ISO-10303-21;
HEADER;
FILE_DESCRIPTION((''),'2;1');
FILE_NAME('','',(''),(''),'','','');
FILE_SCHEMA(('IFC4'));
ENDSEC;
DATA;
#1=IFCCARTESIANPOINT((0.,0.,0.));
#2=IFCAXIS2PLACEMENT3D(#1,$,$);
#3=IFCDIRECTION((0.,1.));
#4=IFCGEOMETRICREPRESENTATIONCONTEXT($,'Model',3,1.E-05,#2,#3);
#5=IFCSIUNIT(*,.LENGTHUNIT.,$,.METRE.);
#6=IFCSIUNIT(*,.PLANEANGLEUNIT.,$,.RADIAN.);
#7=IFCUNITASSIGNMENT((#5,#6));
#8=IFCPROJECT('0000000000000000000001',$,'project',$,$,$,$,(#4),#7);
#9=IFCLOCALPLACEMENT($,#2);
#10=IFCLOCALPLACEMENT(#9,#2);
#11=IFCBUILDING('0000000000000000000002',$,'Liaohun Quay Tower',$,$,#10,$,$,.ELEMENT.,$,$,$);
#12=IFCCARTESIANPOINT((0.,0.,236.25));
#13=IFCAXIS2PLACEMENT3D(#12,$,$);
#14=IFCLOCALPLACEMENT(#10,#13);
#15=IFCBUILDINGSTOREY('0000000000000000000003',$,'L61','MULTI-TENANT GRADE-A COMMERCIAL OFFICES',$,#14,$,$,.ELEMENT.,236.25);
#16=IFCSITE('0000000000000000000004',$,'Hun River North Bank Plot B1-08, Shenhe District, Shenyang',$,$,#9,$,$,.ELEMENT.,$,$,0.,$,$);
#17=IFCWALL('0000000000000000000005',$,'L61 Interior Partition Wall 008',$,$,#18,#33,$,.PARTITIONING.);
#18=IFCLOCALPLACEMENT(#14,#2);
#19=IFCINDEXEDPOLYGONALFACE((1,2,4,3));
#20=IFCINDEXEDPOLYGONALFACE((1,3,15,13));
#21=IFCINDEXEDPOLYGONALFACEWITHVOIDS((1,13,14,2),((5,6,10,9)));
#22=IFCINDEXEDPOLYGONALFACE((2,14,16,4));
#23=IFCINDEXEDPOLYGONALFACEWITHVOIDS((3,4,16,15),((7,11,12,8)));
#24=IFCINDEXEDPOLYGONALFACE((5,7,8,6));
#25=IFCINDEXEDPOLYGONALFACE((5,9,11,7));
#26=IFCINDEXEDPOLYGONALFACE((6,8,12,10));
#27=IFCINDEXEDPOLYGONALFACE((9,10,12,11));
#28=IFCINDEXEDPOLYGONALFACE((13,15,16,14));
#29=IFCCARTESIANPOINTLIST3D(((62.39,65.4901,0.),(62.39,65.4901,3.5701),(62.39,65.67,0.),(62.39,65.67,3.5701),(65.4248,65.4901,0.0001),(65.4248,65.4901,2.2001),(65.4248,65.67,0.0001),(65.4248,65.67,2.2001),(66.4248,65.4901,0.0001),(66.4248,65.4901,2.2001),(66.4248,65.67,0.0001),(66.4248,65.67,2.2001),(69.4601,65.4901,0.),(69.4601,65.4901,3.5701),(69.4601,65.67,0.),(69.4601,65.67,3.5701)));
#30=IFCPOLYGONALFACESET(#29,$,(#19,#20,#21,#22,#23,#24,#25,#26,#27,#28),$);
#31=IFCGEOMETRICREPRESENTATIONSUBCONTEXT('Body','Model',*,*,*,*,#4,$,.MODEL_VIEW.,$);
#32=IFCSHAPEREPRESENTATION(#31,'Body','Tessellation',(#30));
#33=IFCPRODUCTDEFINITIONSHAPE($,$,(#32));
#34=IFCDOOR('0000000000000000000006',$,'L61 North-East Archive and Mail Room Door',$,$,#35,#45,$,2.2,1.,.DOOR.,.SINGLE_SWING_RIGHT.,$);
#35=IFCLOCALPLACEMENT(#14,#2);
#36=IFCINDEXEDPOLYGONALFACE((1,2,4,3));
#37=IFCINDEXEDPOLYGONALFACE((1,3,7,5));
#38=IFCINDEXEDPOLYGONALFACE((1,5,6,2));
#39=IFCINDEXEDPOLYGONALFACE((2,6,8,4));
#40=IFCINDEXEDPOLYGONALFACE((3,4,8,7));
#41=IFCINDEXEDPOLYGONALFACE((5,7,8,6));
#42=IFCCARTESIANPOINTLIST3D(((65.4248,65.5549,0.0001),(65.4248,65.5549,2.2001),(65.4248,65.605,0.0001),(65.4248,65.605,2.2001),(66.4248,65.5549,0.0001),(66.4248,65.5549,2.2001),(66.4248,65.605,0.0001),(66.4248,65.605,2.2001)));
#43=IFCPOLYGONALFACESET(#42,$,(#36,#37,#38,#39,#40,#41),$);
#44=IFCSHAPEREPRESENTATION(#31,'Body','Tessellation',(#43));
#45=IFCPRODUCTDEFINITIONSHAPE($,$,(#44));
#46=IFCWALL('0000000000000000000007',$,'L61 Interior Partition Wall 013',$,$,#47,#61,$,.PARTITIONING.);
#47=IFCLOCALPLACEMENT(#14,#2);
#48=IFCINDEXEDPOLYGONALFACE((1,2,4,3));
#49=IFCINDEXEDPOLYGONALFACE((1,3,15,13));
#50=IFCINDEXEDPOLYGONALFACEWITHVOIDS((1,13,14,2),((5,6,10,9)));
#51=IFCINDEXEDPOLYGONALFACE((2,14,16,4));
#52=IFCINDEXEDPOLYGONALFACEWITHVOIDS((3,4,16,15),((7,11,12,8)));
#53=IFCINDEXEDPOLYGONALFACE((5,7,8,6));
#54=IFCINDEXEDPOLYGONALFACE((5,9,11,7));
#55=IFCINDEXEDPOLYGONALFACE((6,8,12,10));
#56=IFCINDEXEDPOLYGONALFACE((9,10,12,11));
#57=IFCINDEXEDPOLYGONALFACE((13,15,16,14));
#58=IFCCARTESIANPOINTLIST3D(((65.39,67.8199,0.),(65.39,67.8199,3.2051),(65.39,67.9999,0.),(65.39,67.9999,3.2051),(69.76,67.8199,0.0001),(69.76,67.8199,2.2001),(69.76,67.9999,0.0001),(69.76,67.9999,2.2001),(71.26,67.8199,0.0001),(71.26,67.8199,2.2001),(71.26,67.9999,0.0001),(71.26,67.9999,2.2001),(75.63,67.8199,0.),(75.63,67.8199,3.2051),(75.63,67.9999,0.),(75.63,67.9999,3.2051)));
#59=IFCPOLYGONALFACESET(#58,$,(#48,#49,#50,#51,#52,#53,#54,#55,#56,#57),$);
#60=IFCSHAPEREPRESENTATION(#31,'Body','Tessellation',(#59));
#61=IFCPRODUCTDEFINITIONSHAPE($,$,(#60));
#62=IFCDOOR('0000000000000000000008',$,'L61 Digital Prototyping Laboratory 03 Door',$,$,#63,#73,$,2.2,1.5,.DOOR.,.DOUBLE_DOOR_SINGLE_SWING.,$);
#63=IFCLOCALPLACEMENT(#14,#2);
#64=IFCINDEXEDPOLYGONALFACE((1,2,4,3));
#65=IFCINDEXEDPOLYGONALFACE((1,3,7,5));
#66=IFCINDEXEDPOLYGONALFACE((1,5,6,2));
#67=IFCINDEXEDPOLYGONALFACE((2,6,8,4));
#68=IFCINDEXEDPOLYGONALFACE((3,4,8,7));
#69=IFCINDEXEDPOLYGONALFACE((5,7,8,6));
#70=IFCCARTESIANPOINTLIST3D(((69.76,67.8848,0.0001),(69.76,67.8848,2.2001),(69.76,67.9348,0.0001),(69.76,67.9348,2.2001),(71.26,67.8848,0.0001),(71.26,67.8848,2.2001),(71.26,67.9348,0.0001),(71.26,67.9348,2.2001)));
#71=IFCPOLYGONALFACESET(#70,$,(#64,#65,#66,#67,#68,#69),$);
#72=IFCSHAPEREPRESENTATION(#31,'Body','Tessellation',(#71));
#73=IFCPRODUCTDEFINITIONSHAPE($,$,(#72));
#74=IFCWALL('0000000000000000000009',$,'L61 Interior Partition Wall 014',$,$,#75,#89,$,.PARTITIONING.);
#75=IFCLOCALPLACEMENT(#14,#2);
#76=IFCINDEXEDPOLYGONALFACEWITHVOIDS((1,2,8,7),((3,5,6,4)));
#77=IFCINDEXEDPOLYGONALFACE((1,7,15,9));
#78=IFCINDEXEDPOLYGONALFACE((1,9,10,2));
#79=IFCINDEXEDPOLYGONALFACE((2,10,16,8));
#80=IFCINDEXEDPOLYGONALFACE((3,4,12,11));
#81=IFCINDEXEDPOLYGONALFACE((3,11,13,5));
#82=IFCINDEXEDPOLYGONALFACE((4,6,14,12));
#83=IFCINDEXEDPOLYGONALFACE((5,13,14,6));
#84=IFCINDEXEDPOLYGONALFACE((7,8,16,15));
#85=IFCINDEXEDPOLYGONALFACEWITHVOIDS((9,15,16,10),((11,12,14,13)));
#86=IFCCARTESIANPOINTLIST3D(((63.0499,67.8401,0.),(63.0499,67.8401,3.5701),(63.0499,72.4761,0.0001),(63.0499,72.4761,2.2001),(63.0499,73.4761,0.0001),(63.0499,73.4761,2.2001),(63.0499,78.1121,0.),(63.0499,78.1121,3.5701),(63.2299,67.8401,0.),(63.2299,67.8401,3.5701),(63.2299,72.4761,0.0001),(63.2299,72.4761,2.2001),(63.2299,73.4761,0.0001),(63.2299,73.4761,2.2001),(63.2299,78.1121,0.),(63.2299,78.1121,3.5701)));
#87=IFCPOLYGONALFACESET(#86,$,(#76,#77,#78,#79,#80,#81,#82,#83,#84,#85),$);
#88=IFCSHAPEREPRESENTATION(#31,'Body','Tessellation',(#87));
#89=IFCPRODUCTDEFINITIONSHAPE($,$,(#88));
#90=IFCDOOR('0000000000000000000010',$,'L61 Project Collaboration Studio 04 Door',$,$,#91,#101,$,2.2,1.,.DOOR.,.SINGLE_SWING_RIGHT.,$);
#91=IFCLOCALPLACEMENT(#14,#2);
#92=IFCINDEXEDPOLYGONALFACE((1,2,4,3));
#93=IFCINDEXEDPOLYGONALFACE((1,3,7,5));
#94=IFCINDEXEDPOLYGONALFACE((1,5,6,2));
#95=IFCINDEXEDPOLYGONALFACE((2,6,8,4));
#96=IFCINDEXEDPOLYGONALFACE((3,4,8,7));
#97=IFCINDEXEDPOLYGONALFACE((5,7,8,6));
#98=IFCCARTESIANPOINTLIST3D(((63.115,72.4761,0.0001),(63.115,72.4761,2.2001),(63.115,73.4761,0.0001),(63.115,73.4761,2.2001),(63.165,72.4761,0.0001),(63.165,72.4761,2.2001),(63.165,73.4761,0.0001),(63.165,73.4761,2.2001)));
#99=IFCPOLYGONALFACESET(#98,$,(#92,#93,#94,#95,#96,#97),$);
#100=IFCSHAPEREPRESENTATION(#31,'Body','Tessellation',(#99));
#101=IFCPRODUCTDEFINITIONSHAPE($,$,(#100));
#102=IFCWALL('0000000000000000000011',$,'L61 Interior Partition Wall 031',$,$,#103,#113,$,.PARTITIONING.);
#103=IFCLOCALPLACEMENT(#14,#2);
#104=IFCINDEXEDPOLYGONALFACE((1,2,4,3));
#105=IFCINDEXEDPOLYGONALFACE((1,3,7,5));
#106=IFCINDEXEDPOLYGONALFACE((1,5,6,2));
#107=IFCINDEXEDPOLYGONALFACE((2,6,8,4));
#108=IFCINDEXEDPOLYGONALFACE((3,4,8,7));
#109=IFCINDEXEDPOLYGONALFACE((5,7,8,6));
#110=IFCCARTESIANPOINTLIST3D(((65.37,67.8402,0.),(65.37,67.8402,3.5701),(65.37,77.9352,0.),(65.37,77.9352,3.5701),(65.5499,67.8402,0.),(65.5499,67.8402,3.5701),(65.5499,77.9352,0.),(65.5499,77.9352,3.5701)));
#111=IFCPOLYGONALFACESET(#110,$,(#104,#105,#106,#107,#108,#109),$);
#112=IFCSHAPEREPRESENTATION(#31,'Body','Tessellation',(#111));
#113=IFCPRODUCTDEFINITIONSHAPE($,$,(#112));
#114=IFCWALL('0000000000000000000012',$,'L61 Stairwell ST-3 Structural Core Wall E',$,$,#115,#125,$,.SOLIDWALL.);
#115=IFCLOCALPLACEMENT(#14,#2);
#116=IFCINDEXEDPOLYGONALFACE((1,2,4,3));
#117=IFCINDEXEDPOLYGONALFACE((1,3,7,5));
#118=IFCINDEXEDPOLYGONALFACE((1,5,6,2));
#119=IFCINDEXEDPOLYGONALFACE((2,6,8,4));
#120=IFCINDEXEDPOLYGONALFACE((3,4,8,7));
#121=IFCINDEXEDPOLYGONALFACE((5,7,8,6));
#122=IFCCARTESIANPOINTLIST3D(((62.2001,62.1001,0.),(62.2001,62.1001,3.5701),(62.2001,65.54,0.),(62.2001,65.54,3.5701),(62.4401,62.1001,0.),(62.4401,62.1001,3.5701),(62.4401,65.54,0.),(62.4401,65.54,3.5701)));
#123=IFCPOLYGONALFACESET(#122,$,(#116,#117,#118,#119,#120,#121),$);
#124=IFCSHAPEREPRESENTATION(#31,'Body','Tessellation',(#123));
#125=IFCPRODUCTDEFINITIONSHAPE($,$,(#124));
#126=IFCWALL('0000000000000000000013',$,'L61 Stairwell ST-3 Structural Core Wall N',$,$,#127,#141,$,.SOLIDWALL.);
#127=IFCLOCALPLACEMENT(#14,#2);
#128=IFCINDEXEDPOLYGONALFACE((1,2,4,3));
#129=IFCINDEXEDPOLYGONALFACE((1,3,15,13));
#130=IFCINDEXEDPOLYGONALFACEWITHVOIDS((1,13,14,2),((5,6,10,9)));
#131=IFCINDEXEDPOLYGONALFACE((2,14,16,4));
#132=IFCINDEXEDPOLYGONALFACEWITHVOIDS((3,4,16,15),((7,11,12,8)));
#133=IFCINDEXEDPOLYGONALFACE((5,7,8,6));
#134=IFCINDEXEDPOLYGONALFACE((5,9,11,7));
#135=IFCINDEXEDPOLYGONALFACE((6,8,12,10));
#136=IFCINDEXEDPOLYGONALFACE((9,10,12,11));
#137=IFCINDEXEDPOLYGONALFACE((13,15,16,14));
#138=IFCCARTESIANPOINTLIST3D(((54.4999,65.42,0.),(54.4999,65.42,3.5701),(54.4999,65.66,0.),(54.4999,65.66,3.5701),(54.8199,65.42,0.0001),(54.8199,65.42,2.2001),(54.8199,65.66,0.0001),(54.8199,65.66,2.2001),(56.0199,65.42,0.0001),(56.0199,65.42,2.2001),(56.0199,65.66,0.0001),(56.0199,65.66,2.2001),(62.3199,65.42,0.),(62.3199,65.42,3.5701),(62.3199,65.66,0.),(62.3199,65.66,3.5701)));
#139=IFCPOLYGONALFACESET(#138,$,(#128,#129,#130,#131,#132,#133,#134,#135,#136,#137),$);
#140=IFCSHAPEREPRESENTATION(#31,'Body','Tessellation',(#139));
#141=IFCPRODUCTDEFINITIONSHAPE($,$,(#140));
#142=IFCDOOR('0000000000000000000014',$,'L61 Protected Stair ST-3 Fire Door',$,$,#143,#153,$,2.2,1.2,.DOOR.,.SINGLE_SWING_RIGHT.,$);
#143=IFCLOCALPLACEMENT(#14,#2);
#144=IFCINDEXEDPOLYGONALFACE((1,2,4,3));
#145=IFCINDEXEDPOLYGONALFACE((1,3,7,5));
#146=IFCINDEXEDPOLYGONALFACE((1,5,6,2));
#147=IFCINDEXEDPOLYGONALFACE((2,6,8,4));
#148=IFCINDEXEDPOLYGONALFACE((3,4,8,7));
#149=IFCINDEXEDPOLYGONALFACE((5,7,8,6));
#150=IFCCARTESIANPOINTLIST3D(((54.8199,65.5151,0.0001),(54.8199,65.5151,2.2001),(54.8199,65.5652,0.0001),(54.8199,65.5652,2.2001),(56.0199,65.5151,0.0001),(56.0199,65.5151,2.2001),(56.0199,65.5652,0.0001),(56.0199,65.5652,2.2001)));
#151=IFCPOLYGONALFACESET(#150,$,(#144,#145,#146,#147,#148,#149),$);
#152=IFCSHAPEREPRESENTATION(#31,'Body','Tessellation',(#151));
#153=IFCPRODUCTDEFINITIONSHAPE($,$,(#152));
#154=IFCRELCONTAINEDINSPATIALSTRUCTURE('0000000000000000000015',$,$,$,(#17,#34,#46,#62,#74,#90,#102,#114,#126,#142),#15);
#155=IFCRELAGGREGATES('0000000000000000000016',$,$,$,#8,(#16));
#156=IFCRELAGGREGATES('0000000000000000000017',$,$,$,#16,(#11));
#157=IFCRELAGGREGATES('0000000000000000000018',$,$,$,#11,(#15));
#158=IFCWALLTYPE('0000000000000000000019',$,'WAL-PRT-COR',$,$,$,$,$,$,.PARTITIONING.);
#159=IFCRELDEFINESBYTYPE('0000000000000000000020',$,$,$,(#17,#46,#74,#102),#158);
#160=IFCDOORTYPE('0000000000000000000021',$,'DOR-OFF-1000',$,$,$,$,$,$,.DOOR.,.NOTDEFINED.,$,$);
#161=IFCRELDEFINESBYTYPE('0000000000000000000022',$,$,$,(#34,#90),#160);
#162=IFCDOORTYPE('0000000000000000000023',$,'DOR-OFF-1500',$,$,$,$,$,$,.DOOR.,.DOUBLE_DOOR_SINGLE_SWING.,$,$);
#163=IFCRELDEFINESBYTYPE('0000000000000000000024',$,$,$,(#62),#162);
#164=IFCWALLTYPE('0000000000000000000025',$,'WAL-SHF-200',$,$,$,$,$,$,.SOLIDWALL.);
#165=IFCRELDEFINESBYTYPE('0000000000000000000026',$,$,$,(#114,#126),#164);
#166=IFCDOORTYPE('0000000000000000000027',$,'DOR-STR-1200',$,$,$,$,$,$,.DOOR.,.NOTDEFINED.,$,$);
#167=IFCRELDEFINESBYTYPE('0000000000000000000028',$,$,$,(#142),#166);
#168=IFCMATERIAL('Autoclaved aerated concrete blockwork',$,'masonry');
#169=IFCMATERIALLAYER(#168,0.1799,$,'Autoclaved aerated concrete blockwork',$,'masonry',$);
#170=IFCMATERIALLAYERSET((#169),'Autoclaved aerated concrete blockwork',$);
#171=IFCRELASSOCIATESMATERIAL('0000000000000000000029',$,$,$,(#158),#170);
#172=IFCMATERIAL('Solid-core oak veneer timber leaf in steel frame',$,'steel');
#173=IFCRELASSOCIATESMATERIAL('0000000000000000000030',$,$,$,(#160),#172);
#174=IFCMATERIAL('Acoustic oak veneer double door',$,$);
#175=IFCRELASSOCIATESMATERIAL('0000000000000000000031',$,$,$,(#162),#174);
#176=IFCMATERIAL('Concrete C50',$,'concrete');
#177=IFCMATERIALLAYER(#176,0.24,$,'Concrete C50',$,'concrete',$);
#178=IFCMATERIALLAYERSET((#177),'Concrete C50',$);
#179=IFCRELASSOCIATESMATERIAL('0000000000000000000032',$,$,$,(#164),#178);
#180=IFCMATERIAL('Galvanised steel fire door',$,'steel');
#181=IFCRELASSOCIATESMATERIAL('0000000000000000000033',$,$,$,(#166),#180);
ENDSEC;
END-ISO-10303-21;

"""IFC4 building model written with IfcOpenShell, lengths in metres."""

from ifc_helpers import new_model, si_unit, direction, frame, frame_2d, origin, place, context, subcontext, project, spatial, rectangle, extrude, source, transform, mapped, material, layer, layer_set, type_object, element, fill, save


model = new_model("IFC4")

# Units and contexts
model_context = context("Model", 3, precision=1e-05, world=origin(), true_north=direction((0.0, 1.0)))
body_context = subcontext(model_context, "Body", "Model", "MODEL_VIEW")
ifc_project = project(units=[si_unit("LENGTHUNIT", "METRE"), si_unit("PLANEANGLEUNIT", "RADIAN")], contexts=[model_context])

# Site, building, storey
site_placement = place(None, origin())
site = spatial("IfcSite", under=ifc_project, at=site_placement, Name="Hun River North Bank Plot B1-08, Shenhe District, Shenyang", CompositionType="ELEMENT", RefElevation=0.0)
building_placement = place(site_placement, origin())
building = spatial("IfcBuilding", under=site, at=building_placement, Name="Liaohun Quay Tower", CompositionType="ELEMENT")
storey_placement = place(building_placement, frame((0.0, 0.0, 236.25)))
storey = spatial("IfcBuildingStorey", under=building, at=storey_placement, Name="L61", Description="MULTI-TENANT GRADE-A COMMERCIAL OFFICES", CompositionType="ELEMENT", Elevation=236.25)

# Walls, openings, doors
ifc_material_1 = material(Name="Autoclaved aerated concrete blockwork", Category="masonry")
ifc_layer_1 = layer(ifc_material_1, 0.1799, Name="Autoclaved aerated concrete blockwork", Category="masonry")
ifc_layer_set_1 = layer_set([ifc_layer_1], Name="Autoclaved aerated concrete blockwork")
wall_type_1 = type_object("IfcWallType", Name="WAL-PRT-COR", PredefinedType="PARTITIONING", material=ifc_layer_set_1)
wall_1_placement = place(storey_placement, frame((62.3899, 65.5801, 0.0), z_axis=(0.0, 0.0, 1.0), x_axis=(1.0, 0.0, 0.0)))
wall_1 = element("IfcWall", 1, at=wall_1_placement, inside=storey, type_object=wall_type_1, Name="L61 Interior Partition Wall 008", PredefinedType="PARTITIONING", context=body_context, shape_type="SweptSolid", body=[
    extrude(rectangle(XDim=7.0701, YDim=0.1799, at=frame_2d((3.5352, 0.0))), origin(), (0.0, 0.0, 1.0), 3.5701),
])
shared_shape_1 = source(origin(), body_context, "Body", "SweptSolid", [
    extrude(rectangle(XDim=1.0, YDim=2.2, at=frame_2d((0.5, 1.1001))), frame((0.0, 0.0999, 0.0), z_axis=(0.0, -1.0, 0.0), x_axis=(1.0, 0.0, 0.0)), (0.0, 0.0, 1.0), 0.2),
])
opening_1_placement = place(wall_1_placement, frame((3.0349, 0.0, 0.0)))
opening_1 = element("IfcOpeningElement", 2, at=opening_1_placement, cuts=wall_1, PredefinedType="OPENING", context=body_context, shape_type="MappedRepresentation", body=[
    mapped(shared_shape_1, transform((0.0, 0.0, 0.0), x_axis=(1.0, 0.0, 0.0), y_axis=(0.0, 1.0, 0.0), z_axis=(0.0, 0.0, 1.0), scale=1.0)),
])
ifc_material_2 = material(Name="Solid-core oak veneer timber leaf in steel frame", Category="steel")
door_type_1 = type_object("IfcDoorType", Name="DOR-OFF-1000", OperationType="NOTDEFINED", PredefinedType="DOOR", material=ifc_material_2)
shared_shape_2 = source(origin(), body_context, "Body", "SweptSolid", [
    extrude(rectangle(XDim=1.0, YDim=2.2, at=frame_2d((0.5, 1.1001))), frame((0.0, 0.0249, 0.0), z_axis=(0.0, -1.0, 0.0), x_axis=(1.0, 0.0, 0.0)), (0.0, 0.0, 1.0), 0.05),
])
door_1_placement = place(opening_1_placement, origin())
door_1 = element("IfcDoor", 3, at=door_1_placement, inside=storey, type_object=door_type_1, Name="L61 North-East Archive and Mail Room Door", OperationType="SINGLE_SWING_RIGHT", OverallHeight=2.2, OverallWidth=1.0, PredefinedType="DOOR", context=body_context, shape_type="MappedRepresentation", body=[
    mapped(shared_shape_2, transform((0.0, 0.0, 0.0), x_axis=(1.0, 0.0, 0.0), y_axis=(0.0, 1.0, 0.0), z_axis=(0.0, 0.0, 1.0), scale=1.0)),
])
fill(opening_1, door_1)
wall_2_placement = place(storey_placement, frame((65.3899, 67.9099, 0.0), z_axis=(0.0, 0.0, 1.0), x_axis=(1.0, 0.0, 0.0)))
wall_2 = element("IfcWall", 4, at=wall_2_placement, inside=storey, type_object=wall_type_1, Name="L61 Interior Partition Wall 013", PredefinedType="PARTITIONING", context=body_context, shape_type="SweptSolid", body=[
    extrude(rectangle(XDim=10.24, YDim=0.1799, at=frame_2d((5.1201, 0.0))), origin(), (0.0, 0.0, 1.0), 3.2051),
])
shared_shape_3 = source(origin(), body_context, "Body", "SweptSolid", [
    extrude(rectangle(XDim=1.5, YDim=2.2, at=frame_2d((0.75, 1.1001))), frame((0.0, 0.0999, 0.0), z_axis=(0.0, -1.0, 0.0), x_axis=(1.0, 0.0, 0.0)), (0.0, 0.0, 1.0), 0.2),
])
opening_2_placement = place(wall_2_placement, frame((4.3701, 0.0, 0.0)))
opening_2 = element("IfcOpeningElement", 5, at=opening_2_placement, cuts=wall_2, PredefinedType="OPENING", context=body_context, shape_type="MappedRepresentation", body=[
    mapped(shared_shape_3, transform((0.0, 0.0, 0.0), x_axis=(1.0, 0.0, 0.0), y_axis=(0.0, 1.0, 0.0), z_axis=(0.0, 0.0, 1.0), scale=1.0)),
])
ifc_material_3 = material(Name="Acoustic oak veneer double door")
door_type_2 = type_object("IfcDoorType", Name="DOR-OFF-1500", OperationType="DOUBLE_DOOR_SINGLE_SWING", PredefinedType="DOOR", material=ifc_material_3)
shared_shape_4 = source(origin(), body_context, "Body", "SweptSolid", [
    extrude(rectangle(XDim=1.5, YDim=2.2, at=frame_2d((0.75, 1.1001))), frame((0.0, 0.0249, 0.0), z_axis=(0.0, -1.0, 0.0), x_axis=(1.0, 0.0, 0.0)), (0.0, 0.0, 1.0), 0.05),
])
door_2_placement = place(opening_2_placement, origin())
door_2 = element("IfcDoor", 6, at=door_2_placement, inside=storey, type_object=door_type_2, Name="L61 Digital Prototyping Laboratory 03 Door", OperationType="DOUBLE_DOOR_SINGLE_SWING", OverallHeight=2.2, OverallWidth=1.5, PredefinedType="DOOR", context=body_context, shape_type="MappedRepresentation", body=[
    mapped(shared_shape_4, transform((0.0, 0.0, 0.0), x_axis=(1.0, 0.0, 0.0), y_axis=(0.0, 1.0, 0.0), z_axis=(0.0, 0.0, 1.0), scale=1.0)),
])
fill(opening_2, door_2)
wall_3_placement = place(storey_placement, frame((63.1399, 67.8401, 0.0), z_axis=(0.0, 0.0, 1.0), x_axis=(0.0, 1.0, 0.0)))
wall_3 = element("IfcWall", 7, at=wall_3_placement, inside=storey, type_object=wall_type_1, Name="L61 Interior Partition Wall 014", PredefinedType="PARTITIONING", context=body_context, shape_type="SweptSolid", body=[
    extrude(rectangle(XDim=10.272, YDim=0.1799, at=frame_2d((5.136, 0.0))), origin(), (0.0, 0.0, 1.0), 3.5701),
])
opening_3_placement = place(wall_3_placement, frame((4.636, 0.0, 0.0)))
opening_3 = element("IfcOpeningElement", 8, at=opening_3_placement, cuts=wall_3, PredefinedType="OPENING", context=body_context, shape_type="MappedRepresentation", body=[
    mapped(shared_shape_1, transform((0.0, 0.0, 0.0), x_axis=(1.0, 0.0, 0.0), y_axis=(0.0, 1.0, 0.0), z_axis=(0.0, 0.0, 1.0), scale=1.0)),
])
door_3_placement = place(opening_3_placement, origin())
door_3 = element("IfcDoor", 9, at=door_3_placement, inside=storey, type_object=door_type_1, Name="L61 Project Collaboration Studio 04 Door", OperationType="SINGLE_SWING_RIGHT", OverallHeight=2.2, OverallWidth=1.0, PredefinedType="DOOR", context=body_context, shape_type="MappedRepresentation", body=[
    mapped(shared_shape_2, transform((0.0, 0.0, 0.0), x_axis=(1.0, 0.0, 0.0), y_axis=(0.0, 1.0, 0.0), z_axis=(0.0, 0.0, 1.0), scale=1.0)),
])
fill(opening_3, door_3)

# Walls
wall_4_placement = place(storey_placement, frame((65.46, 77.9351, 0.0), z_axis=(0.0, 0.0, 1.0), x_axis=(0.0, -1.0, 0.0)))
element("IfcWall", 10, at=wall_4_placement, inside=storey, type_object=wall_type_1, Name="L61 Interior Partition Wall 031", PredefinedType="PARTITIONING", context=body_context, shape_type="SweptSolid", body=[
    extrude(rectangle(XDim=10.095, YDim=0.1799, at=frame_2d((5.0474, 0.0))), origin(), (0.0, 0.0, 1.0), 3.5701),
])
ifc_material_4 = material(Name="Concrete C50", Category="concrete")
ifc_layer_2 = layer(ifc_material_4, 0.24, Name="Concrete C50", Category="concrete")
ifc_layer_set_2 = layer_set([ifc_layer_2], Name="Concrete C50")
wall_type_2 = type_object("IfcWallType", Name="WAL-SHF-200", PredefinedType="SOLIDWALL", material=ifc_layer_set_2)
wall_5_placement = place(storey_placement, frame((62.3201, 62.1001, 0.0), z_axis=(0.0, 0.0, 1.0), x_axis=(0.0, 1.0, 0.0)))
element("IfcWall", 11, at=wall_5_placement, inside=storey, type_object=wall_type_2, Name="L61 Stairwell ST-3 Structural Core Wall E", PredefinedType="SOLIDWALL", context=body_context, shape_type="SweptSolid", body=[
    extrude(rectangle(XDim=3.4399, YDim=0.24, at=frame_2d((1.72, 0.0))), origin(), (0.0, 0.0, 1.0), 3.5701),
])

# Wall, opening, door
wall_6_placement = place(storey_placement, frame((62.3201, 65.54, 0.0), z_axis=(0.0, 0.0, 1.0), x_axis=(-1.0, 0.0, 0.0)))
wall_6 = element("IfcWall", 12, at=wall_6_placement, inside=storey, type_object=wall_type_2, Name="L61 Stairwell ST-3 Structural Core Wall N", PredefinedType="SOLIDWALL", context=body_context, shape_type="SweptSolid", body=[
    extrude(rectangle(XDim=7.8201, YDim=0.24, at=frame_2d((3.9102, 0.0))), origin(), (0.0, 0.0, 1.0), 3.5701),
])
shared_shape_5 = source(origin(), body_context, "Body", "SweptSolid", [
    extrude(rectangle(XDim=1.2, YDim=2.2, at=frame_2d((0.6001, 1.1001))), frame((0.0, 0.1299, 0.0), z_axis=(0.0, -1.0, 0.0), x_axis=(1.0, 0.0, 0.0)), (0.0, 0.0, 1.0), 0.26),
])
opening_4_placement = place(wall_6_placement, frame((6.3, 0.0, 0.0)))
opening_4 = element("IfcOpeningElement", 13, at=opening_4_placement, cuts=wall_6, PredefinedType="OPENING", context=body_context, shape_type="MappedRepresentation", body=[
    mapped(shared_shape_5, transform((0.0, 0.0, 0.0), x_axis=(1.0, 0.0, 0.0), y_axis=(0.0, 1.0, 0.0), z_axis=(0.0, 0.0, 1.0), scale=1.0)),
])
ifc_material_5 = material(Name="Galvanised steel fire door", Category="steel")
door_type_3 = type_object("IfcDoorType", Name="DOR-STR-1200", OperationType="NOTDEFINED", PredefinedType="DOOR", material=ifc_material_5)
shared_shape_6 = source(origin(), body_context, "Body", "SweptSolid", [
    extrude(rectangle(XDim=1.2, YDim=2.2, at=frame_2d((0.6001, 1.1001))), frame((0.0, 0.0249, 0.0), z_axis=(0.0, -1.0, 0.0), x_axis=(1.0, 0.0, 0.0)), (0.0, 0.0, 1.0), 0.05),
])
door_4_placement = place(opening_4_placement, origin())
door_4 = element("IfcDoor", 14, at=door_4_placement, inside=storey, type_object=door_type_3, Name="L61 Protected Stair ST-3 Fire Door", OperationType="SINGLE_SWING_RIGHT", OverallHeight=2.2, OverallWidth=1.2, PredefinedType="DOOR", context=body_context, shape_type="MappedRepresentation", body=[
    mapped(shared_shape_6, transform((0.0, 0.0, 0.0), x_axis=(1.0, 0.0, 0.0), y_axis=(0.0, 1.0, 0.0), z_axis=(0.0, 0.0, 1.0), scale=1.0)),
])
fill(opening_4, door_4)

save(model, "model.ifc")
